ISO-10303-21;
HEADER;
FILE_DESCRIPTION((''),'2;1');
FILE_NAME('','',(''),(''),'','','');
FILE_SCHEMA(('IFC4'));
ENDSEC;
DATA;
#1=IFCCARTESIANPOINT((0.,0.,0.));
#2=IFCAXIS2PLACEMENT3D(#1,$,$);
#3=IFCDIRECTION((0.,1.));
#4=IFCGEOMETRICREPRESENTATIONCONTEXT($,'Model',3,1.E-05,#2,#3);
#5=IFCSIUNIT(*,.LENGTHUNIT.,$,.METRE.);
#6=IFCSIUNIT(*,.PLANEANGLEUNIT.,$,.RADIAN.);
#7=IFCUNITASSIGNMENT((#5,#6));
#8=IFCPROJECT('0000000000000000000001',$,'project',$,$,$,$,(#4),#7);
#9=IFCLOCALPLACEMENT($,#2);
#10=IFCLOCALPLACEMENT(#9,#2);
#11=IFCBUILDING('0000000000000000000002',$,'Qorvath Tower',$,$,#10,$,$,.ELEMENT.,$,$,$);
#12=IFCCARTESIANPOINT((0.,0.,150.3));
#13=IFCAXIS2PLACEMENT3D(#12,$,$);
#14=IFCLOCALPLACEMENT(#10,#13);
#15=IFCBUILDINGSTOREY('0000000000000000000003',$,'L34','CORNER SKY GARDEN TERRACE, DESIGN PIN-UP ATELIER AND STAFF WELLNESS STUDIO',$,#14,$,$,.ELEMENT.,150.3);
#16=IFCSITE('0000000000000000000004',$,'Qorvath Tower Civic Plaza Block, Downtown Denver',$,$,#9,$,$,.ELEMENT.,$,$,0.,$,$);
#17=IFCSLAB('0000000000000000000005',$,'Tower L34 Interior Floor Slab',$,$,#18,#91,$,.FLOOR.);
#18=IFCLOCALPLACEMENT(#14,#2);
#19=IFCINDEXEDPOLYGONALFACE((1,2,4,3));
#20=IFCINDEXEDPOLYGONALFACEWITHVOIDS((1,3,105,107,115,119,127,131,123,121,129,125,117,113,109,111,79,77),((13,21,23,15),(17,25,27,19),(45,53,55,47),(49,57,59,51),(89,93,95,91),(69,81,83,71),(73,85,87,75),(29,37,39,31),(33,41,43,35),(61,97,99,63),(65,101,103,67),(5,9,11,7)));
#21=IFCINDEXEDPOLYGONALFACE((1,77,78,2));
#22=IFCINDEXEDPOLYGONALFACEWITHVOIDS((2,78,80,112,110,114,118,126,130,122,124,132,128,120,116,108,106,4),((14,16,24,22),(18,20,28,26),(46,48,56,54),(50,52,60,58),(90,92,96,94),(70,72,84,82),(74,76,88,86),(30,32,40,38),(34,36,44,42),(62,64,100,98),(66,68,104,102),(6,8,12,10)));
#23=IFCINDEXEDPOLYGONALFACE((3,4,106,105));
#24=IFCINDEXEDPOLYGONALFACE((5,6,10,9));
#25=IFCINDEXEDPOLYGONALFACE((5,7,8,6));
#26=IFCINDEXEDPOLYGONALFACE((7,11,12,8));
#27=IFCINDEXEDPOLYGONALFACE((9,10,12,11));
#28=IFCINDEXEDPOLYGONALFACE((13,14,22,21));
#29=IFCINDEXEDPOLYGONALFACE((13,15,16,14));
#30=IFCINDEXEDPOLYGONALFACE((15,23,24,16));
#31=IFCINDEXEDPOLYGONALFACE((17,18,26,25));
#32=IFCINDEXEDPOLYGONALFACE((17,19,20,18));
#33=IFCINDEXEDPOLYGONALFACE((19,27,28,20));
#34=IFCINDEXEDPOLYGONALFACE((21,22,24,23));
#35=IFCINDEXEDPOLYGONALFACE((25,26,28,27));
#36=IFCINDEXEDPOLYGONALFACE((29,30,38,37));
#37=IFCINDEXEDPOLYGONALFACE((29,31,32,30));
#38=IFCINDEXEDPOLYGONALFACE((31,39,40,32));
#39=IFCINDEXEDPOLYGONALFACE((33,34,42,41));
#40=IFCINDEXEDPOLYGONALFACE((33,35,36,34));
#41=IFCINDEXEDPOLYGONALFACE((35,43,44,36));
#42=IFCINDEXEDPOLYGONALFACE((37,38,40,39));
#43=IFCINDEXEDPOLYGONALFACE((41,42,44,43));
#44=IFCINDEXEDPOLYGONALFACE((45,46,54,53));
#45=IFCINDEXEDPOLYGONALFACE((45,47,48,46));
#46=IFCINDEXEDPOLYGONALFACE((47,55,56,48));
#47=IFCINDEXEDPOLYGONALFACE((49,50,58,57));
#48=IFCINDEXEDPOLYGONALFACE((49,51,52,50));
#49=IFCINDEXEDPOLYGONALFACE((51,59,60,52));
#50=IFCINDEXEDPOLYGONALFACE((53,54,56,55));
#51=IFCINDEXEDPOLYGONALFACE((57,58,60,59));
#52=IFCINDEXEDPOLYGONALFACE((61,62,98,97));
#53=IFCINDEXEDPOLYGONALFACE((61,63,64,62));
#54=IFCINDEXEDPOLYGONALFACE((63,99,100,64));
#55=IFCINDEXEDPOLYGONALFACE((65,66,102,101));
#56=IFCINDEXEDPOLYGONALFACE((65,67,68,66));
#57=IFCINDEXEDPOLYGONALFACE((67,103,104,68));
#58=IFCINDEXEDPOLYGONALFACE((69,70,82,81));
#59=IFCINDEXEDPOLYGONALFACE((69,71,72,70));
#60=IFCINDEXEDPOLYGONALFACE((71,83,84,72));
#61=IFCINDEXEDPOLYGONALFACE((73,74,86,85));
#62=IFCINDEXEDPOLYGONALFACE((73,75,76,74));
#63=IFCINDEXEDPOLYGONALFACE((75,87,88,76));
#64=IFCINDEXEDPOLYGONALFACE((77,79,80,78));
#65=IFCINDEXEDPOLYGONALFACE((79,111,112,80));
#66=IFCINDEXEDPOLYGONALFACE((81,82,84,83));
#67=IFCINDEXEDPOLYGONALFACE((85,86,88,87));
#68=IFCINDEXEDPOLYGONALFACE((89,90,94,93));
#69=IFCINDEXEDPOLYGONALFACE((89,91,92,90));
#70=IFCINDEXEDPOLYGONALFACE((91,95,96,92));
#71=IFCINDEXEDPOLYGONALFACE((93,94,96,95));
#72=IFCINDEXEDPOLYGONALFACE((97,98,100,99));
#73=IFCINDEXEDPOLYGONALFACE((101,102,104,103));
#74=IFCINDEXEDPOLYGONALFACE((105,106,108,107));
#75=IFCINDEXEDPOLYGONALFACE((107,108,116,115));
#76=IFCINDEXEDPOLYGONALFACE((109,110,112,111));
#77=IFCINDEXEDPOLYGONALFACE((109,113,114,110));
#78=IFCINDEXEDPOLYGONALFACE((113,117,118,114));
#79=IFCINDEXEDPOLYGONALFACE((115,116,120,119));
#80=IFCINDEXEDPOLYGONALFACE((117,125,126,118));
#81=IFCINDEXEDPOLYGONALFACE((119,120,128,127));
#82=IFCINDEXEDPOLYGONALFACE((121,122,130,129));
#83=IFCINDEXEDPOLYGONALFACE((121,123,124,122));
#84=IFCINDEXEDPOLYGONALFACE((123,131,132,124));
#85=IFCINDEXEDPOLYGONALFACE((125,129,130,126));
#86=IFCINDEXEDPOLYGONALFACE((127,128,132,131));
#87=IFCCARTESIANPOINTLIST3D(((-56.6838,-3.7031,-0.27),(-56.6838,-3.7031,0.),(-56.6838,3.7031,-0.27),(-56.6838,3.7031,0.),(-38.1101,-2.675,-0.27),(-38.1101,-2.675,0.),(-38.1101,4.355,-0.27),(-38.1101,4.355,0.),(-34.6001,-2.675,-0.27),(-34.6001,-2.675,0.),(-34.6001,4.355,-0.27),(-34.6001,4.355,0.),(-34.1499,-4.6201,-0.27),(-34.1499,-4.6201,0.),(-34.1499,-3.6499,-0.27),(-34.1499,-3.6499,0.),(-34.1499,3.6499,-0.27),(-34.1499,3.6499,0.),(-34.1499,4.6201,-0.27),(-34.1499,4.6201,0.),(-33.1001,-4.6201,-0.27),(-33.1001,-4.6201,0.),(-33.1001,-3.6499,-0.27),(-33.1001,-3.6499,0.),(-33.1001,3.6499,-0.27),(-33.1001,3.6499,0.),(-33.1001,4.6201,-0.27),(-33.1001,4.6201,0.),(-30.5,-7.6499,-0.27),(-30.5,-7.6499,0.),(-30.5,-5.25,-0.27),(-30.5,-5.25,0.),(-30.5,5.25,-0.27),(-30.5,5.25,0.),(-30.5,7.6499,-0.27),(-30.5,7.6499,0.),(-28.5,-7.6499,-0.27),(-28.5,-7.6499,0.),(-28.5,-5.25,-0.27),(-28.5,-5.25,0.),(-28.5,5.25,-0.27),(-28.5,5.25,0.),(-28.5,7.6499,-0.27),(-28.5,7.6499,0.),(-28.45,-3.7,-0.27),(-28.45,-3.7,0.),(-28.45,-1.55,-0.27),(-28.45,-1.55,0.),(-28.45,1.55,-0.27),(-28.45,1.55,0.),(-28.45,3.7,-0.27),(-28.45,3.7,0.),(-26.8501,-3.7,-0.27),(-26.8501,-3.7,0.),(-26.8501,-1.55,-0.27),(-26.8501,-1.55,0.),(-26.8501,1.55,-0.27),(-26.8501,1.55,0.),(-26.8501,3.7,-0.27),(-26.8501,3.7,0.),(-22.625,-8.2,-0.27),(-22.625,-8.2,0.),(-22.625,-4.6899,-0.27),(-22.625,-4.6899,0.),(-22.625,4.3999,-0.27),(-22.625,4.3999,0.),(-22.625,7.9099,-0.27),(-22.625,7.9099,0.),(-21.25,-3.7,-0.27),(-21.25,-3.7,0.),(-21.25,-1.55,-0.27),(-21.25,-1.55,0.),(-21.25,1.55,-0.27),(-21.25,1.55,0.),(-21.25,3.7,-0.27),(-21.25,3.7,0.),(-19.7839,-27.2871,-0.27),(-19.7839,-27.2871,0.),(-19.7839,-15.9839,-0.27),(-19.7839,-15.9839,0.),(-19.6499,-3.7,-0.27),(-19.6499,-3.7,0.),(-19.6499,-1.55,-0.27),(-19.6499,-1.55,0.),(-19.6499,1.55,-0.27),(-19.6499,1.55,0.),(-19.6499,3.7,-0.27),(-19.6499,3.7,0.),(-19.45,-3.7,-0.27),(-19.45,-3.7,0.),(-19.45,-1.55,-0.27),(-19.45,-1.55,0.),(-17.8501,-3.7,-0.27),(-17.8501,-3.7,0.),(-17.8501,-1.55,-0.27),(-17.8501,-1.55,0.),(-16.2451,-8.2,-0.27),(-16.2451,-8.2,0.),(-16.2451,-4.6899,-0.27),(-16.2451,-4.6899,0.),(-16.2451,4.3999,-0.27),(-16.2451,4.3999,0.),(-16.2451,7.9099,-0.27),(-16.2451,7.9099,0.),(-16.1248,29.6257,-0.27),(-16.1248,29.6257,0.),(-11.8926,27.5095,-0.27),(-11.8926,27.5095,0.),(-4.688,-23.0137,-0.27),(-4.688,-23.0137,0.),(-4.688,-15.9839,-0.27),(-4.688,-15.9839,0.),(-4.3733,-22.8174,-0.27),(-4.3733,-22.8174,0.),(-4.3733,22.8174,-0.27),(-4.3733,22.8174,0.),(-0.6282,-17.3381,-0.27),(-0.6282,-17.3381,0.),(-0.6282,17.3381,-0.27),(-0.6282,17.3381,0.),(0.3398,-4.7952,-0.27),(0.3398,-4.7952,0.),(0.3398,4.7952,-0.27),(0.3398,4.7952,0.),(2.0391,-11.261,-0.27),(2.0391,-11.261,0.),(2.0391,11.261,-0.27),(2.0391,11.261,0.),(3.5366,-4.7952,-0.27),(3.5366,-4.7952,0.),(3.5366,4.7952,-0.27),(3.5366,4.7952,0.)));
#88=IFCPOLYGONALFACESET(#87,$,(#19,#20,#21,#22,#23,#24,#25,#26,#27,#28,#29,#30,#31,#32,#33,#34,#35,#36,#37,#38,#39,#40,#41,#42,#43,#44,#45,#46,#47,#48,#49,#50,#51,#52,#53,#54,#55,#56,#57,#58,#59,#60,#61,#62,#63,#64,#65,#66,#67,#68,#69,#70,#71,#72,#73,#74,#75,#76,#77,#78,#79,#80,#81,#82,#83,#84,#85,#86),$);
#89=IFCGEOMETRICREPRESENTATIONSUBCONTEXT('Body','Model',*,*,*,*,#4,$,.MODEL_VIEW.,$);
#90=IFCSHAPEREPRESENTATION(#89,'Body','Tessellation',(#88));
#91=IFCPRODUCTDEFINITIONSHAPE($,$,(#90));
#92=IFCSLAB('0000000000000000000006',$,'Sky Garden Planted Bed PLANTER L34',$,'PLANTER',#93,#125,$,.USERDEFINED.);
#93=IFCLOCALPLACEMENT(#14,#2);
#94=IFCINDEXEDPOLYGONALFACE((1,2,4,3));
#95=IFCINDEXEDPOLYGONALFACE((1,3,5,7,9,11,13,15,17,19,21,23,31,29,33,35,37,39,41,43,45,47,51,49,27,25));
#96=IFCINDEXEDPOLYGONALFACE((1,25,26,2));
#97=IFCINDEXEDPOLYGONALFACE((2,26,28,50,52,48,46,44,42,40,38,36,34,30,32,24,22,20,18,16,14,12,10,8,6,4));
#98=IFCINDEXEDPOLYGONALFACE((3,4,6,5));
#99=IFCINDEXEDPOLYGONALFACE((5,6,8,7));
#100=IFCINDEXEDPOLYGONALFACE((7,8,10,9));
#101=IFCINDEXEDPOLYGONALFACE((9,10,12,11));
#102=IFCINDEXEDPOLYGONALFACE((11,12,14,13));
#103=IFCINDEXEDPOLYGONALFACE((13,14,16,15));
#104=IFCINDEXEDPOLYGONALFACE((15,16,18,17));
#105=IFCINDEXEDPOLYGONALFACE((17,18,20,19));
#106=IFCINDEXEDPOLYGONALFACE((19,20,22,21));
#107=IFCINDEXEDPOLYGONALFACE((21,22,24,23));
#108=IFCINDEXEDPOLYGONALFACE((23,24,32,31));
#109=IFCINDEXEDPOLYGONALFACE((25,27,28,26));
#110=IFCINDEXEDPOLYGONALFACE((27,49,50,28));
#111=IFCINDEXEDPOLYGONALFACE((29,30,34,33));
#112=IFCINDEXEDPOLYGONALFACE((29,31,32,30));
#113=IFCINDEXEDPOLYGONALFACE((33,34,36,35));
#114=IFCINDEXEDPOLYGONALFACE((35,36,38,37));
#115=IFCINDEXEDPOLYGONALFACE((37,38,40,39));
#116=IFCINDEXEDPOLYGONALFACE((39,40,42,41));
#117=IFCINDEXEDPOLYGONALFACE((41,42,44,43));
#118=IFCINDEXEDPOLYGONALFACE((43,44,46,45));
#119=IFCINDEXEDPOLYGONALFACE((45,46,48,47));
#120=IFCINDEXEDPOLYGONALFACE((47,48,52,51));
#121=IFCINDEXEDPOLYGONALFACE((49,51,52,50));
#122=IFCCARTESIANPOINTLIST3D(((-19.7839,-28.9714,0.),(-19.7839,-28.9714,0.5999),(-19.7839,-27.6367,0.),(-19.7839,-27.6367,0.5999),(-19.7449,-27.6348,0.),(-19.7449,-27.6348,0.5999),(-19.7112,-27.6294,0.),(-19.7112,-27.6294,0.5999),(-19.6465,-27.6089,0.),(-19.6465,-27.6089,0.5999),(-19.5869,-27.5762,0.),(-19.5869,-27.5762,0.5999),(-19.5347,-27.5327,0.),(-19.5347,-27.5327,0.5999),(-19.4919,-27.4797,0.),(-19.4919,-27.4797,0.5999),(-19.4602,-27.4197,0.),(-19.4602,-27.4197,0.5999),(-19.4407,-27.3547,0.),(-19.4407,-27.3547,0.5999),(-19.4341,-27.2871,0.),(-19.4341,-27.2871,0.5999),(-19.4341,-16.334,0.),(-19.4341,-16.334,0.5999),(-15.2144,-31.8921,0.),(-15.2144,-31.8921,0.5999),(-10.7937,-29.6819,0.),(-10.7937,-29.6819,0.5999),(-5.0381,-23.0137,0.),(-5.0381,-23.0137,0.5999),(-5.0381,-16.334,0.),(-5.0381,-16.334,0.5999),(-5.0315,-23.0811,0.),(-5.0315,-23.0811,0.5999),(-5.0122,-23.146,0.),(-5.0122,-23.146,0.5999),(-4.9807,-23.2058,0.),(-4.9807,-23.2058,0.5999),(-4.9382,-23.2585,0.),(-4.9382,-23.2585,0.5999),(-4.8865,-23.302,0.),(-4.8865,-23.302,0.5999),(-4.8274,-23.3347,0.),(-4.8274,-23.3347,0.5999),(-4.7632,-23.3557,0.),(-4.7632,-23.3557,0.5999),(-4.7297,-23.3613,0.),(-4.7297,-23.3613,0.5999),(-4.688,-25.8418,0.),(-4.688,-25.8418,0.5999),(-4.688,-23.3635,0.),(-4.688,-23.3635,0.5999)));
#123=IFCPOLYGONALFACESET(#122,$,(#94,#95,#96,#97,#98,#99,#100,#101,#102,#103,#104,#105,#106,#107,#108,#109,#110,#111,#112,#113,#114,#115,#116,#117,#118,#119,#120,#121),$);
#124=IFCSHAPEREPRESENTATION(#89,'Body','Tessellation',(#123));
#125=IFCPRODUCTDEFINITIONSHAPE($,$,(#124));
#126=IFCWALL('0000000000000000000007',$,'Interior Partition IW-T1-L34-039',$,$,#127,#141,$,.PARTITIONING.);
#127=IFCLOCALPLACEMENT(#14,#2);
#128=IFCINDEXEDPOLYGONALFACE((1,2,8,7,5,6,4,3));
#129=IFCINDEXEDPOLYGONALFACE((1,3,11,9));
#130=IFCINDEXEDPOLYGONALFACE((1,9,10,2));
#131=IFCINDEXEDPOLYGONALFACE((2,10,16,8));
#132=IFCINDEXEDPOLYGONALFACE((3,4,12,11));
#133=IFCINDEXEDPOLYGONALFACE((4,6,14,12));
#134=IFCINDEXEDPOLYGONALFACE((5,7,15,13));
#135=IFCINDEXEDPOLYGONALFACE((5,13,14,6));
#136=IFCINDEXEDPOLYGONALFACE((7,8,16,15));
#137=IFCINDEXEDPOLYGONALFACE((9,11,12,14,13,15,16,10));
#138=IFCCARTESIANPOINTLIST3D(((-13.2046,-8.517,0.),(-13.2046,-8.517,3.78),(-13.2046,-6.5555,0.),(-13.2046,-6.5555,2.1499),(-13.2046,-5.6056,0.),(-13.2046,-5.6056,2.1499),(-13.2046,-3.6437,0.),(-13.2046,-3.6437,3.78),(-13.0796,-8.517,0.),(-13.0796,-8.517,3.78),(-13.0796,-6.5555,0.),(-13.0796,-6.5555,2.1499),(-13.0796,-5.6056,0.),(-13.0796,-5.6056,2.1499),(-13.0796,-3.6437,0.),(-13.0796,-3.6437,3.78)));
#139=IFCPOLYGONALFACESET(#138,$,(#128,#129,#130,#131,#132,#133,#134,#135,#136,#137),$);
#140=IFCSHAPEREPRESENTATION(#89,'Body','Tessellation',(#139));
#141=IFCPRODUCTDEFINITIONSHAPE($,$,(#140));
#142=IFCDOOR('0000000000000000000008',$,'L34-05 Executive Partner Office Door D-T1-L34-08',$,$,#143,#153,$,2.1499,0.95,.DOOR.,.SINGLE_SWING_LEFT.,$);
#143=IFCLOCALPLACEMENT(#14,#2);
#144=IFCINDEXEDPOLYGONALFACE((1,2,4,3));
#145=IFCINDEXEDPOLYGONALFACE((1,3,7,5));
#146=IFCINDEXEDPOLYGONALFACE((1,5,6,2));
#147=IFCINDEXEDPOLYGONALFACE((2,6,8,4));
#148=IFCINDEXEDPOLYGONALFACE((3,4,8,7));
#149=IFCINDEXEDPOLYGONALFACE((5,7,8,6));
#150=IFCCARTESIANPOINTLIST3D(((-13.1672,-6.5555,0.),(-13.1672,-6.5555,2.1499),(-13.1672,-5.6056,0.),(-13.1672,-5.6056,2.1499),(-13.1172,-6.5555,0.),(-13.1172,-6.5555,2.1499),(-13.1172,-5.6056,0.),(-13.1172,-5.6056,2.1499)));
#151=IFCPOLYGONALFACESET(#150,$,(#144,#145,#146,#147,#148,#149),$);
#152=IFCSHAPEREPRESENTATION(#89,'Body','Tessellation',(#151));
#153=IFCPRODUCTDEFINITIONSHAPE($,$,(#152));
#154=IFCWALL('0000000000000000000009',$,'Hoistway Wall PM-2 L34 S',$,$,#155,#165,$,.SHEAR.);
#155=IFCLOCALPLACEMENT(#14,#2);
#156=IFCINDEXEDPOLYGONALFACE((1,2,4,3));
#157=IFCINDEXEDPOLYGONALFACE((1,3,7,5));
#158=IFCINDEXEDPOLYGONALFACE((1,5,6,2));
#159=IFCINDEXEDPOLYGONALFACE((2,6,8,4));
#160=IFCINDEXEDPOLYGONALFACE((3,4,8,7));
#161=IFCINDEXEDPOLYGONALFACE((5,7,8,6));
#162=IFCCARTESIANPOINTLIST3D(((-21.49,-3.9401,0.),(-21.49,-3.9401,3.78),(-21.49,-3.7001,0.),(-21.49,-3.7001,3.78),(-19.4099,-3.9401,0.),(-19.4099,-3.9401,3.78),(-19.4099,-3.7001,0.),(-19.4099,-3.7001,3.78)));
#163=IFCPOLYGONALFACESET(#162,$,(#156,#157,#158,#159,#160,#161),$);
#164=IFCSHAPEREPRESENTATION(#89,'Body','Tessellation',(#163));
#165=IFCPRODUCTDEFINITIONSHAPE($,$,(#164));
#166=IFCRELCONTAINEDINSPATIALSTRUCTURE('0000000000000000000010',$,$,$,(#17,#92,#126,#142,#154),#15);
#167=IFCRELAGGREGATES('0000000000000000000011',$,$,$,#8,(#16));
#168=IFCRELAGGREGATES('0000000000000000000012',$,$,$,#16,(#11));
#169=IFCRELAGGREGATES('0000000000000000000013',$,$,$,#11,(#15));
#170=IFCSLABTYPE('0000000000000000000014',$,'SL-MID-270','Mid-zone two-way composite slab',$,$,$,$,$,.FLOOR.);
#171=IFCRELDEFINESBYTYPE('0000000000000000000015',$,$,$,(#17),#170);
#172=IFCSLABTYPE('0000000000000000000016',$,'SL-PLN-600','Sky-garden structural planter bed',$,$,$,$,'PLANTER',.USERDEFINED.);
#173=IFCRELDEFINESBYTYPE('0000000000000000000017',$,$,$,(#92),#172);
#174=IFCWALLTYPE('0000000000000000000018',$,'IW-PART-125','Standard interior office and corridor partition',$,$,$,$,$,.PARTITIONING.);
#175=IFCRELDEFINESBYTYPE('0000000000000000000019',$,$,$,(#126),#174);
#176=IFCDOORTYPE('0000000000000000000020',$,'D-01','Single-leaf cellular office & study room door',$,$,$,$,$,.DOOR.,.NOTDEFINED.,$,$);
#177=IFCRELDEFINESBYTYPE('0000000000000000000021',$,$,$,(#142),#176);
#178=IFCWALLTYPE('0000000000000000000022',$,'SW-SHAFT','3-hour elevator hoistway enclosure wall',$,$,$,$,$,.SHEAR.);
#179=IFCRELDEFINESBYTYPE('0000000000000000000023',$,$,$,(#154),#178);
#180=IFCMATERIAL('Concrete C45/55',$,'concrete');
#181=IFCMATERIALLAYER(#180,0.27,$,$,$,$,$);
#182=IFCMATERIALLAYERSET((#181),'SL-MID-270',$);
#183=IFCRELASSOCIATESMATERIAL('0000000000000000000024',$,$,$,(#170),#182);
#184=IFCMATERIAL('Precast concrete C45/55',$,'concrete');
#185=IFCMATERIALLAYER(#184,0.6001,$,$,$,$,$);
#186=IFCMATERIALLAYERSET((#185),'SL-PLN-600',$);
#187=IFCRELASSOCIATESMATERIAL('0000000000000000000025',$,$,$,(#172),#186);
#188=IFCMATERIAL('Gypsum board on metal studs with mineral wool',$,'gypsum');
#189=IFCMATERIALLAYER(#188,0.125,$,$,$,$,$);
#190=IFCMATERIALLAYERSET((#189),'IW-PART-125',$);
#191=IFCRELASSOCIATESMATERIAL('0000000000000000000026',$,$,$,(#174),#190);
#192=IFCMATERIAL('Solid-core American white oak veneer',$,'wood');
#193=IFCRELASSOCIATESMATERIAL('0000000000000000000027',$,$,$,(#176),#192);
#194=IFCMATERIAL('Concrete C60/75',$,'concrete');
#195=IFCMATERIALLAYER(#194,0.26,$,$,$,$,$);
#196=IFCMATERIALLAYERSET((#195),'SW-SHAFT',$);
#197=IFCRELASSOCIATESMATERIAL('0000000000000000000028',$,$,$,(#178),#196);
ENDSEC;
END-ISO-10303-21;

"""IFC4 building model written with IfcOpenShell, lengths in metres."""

from ifc_helpers import new_model, si_unit, direction, frame, frame_2d, origin, place, context, subcontext, project, spatial, polyline, rectangle, outline, extrude, material, layer, layer_set, type_object, element, fill, save


model = new_model("IFC4")

# Units and contexts
model_context = context("Model", 3, precision=1e-05, world=origin(), true_north=direction((0.0, 1.0)))
body_context = subcontext(model_context, "Body", "Model", "MODEL_VIEW")
ifc_project = project(units=[si_unit("LENGTHUNIT", "METRE"), si_unit("PLANEANGLEUNIT", "RADIAN")], contexts=[model_context])

# Site, building, storey
site_placement = place(None, origin())
site = spatial("IfcSite", under=ifc_project, at=site_placement, Name="Qorvath Tower Civic Plaza Block, Downtown Denver", CompositionType="ELEMENT", RefElevation=0.0)
building_placement = place(site_placement, origin())
building = spatial("IfcBuilding", under=site, at=building_placement, Name="Qorvath Tower", CompositionType="ELEMENT")
storey_placement = place(building_placement, frame((0.0, 0.0, 150.3)))
storey = spatial("IfcBuildingStorey", under=building, at=storey_placement, Name="L34", Description="CORNER SKY GARDEN TERRACE, DESIGN PIN-UP ATELIER AND STAFF WELLNESS STUDIO", CompositionType="ELEMENT", Elevation=150.3)

# Slabs
ifc_material_1 = material(Name="Concrete C45/55", Category="concrete")
ifc_layer_1 = layer(ifc_material_1, 0.27)
ifc_layer_set_1 = layer_set([ifc_layer_1], Name="SL-MID-270")
slab_type_1 = type_object("IfcSlabType", Name="SL-MID-270", Description="Mid-zone two-way composite slab", PredefinedType="FLOOR", material=ifc_layer_set_1)
slab_1_placement = place(storey_placement, frame((0.0, 0.0, -0.27)))
element("IfcSlab", 1, at=slab_1_placement, inside=storey, type_object=slab_type_1, Name="Tower L34 Interior Floor Slab", PredefinedType="FLOOR", context=body_context, shape_type="SweptSolid", body=[
    extrude(outline(polyline([(-56.6838, -3.7031), (-19.7839, -27.2871), (-19.7839, -15.9839), (-4.688, -15.9839), (-4.688, -23.0137), (-4.3733, -22.8174), (-0.6282, -17.3381), (2.0391, -11.261), (3.5366, -4.7952), (0.3398, -4.7952), (0.3398, 4.7952), (3.5366, 4.7952), (2.0391, 11.261), (-0.6282, 17.3381), (-4.3733, 22.8174), (-11.8926, 27.5095), (-16.1248, 29.6257), (-56.6838, 3.7031), (-56.6838, -3.7031)]), holes=[polyline([(-16.2451, -8.2), (-22.625, -8.2), (-22.625, -4.6899), (-16.2451, -4.6899), (-16.2451, -8.2)]), polyline([(-22.625, 4.3999), (-22.625, 7.9099), (-16.2451, 7.9099), (-16.2451, 4.3999), (-22.625, 4.3999)]), polyline([(-17.8501, -3.7), (-19.45, -3.7), (-19.45, -1.55), (-17.8501, -1.55), (-17.8501, -3.7)]), polyline([(-21.25, -3.7), (-21.25, -1.55), (-19.6499, -1.55), (-19.6499, -3.7), (-21.25, -3.7)]), polyline([(-21.25, 1.55), (-21.25, 3.7), (-19.6499, 3.7), (-19.6499, 1.55), (-21.25, 1.55)]), polyline([(-28.45, -3.7), (-28.45, -1.55), (-26.8501, -1.55), (-26.8501, -3.7), (-28.45, -3.7)]), polyline([(-26.8501, 1.55), (-28.45, 1.55), (-28.45, 3.7), (-26.8501, 3.7), (-26.8501, 1.55)]), polyline([(-28.5, -7.6499), (-30.5, -7.6499), (-30.5, -5.25), (-28.5, -5.25), (-28.5, -7.6499)]), polyline([(-30.5, 5.25), (-30.5, 7.6499), (-28.5, 7.6499), (-28.5, 5.25), (-30.5, 5.25)]), polyline([(-34.1499, -4.6201), (-34.1499, -3.6499), (-33.1001, -3.6499), (-33.1001, -4.6201), (-34.1499, -4.6201)]), polyline([(-34.1499, 3.6499), (-34.1499, 4.6201), (-33.1001, 4.6201), (-33.1001, 3.6499), (-34.1499, 3.6499)]), polyline([(-34.6001, -2.675), (-38.1101, -2.675), (-38.1101, 4.355), (-34.6001, 4.355), (-34.6001, -2.675)])]), origin(), (0.0, 0.0, 1.0), 0.27),
])
ifc_material_2 = material(Name="Precast concrete C45/55", Category="concrete")
ifc_layer_2 = layer(ifc_material_2, 0.6001)
ifc_layer_set_2 = layer_set([ifc_layer_2], Name="SL-PLN-600")
slab_type_2 = type_object("IfcSlabType", Name="SL-PLN-600", Description="Sky-garden structural planter bed", ElementType="PLANTER", PredefinedType="USERDEFINED", material=ifc_layer_set_2)
slab_2_placement = place(storey_placement, origin())
element("IfcSlab", 2, at=slab_2_placement, inside=storey, type_object=slab_type_2, Name="Sky Garden Planted Bed PLANTER L34", ObjectType="PLANTER", PredefinedType="USERDEFINED", context=body_context, shape_type="SweptSolid", body=[
    extrude(outline(polyline([(-19.7839, -28.9714), (-15.2144, -31.8921), (-10.7937, -29.6819), (-4.688, -25.8418), (-4.688, -23.3635), (-4.7297, -23.3613), (-4.7632, -23.3557), (-4.8274, -23.3347), (-4.8865, -23.302), (-4.9382, -23.2585), (-4.9807, -23.2058), (-5.0122, -23.146), (-5.0315, -23.0811), (-5.0381, -23.0137), (-5.0381, -16.334), (-19.4341, -16.334), (-19.4341, -27.2871), (-19.4407, -27.3547), (-19.4602, -27.4197), (-19.4919, -27.4797), (-19.5347, -27.5327), (-19.5869, -27.5762), (-19.6465, -27.6089), (-19.7112, -27.6294), (-19.7449, -27.6348), (-19.7839, -27.6367), (-19.7839, -28.9714)])), origin(), (0.0, 0.0, 1.0), 0.5999),
])

# Wall, opening, door
ifc_material_3 = material(Name="Gypsum board on metal studs with mineral wool", Category="gypsum")
ifc_layer_3 = layer(ifc_material_3, 0.125)
ifc_layer_set_3 = layer_set([ifc_layer_3], Name="IW-PART-125")
wall_type_1 = type_object("IfcWallType", Name="IW-PART-125", Description="Standard interior office and corridor partition", PredefinedType="PARTITIONING", material=ifc_layer_set_3)
wall_1_placement = place(storey_placement, frame((-13.1421, -3.6438, 0.0), z_axis=(0.0, 0.0, 1.0), x_axis=(0.0, -1.0, 0.0)))
wall_1 = element("IfcWall", 3, at=wall_1_placement, inside=storey, type_object=wall_type_1, Name="Interior Partition IW-T1-L34-039", PredefinedType="PARTITIONING", context=body_context, shape_type="SweptSolid", body=[
    extrude(rectangle(XDim=4.8733, YDim=0.125, at=frame_2d((2.4365, 0.0))), origin(), (0.0, 0.0, 1.0), 3.78),
])
opening_1_placement = place(wall_1_placement, frame((1.9617, 0.0, 0.0)))
opening_1 = element("IfcOpeningElement", 4, at=opening_1_placement, cuts=wall_1, PredefinedType="OPENING", context=body_context, shape_type="SweptSolid", body=[
    extrude(rectangle(XDim=0.95, YDim=2.1499, at=frame_2d((0.4751, 1.075))), frame((0.0, 0.0725, 0.0), z_axis=(0.0, -1.0, 0.0), x_axis=(1.0, 0.0, 0.0)), (0.0, 0.0, 1.0), 0.145),
])
ifc_material_4 = material(Name="Solid-core American white oak veneer", Category="wood")
door_type_1 = type_object("IfcDoorType", Name="D-01", Description="Single-leaf cellular office & study room door", OperationType="NOTDEFINED", PredefinedType="DOOR", material=ifc_material_4)
door_1_placement = place(opening_1_placement, origin())
door_1 = element("IfcDoor", 5, at=door_1_placement, inside=storey, type_object=door_type_1, Name="L34-05 Executive Partner Office Door D-T1-L34-08", OperationType="SINGLE_SWING_LEFT", OverallHeight=2.1499, OverallWidth=0.95, PredefinedType="DOOR", context=body_context, shape_type="SweptSolid", body=[
    extrude(rectangle(XDim=0.95, YDim=2.1499, at=frame_2d((0.4751, 1.075))), frame((0.0, 0.0249, 0.0), z_axis=(0.0, -1.0, 0.0), x_axis=(1.0, 0.0, 0.0)), (0.0, 0.0, 1.0), 0.05),
])
fill(opening_1, door_1)

# Wall
ifc_material_5 = material(Name="Concrete C60/75", Category="concrete")
ifc_layer_4 = layer(ifc_material_5, 0.26)
ifc_layer_set_4 = layer_set([ifc_layer_4], Name="SW-SHAFT")
wall_type_2 = type_object("IfcWallType", Name="SW-SHAFT", Description="3-hour elevator hoistway enclosure wall", PredefinedType="SHEAR", material=ifc_layer_set_4)
wall_2_placement = place(storey_placement, frame((-19.4099, -3.8201, 0.0), z_axis=(0.0, 0.0, 1.0), x_axis=(-1.0, 0.0, 0.0)))
element("IfcWall", 6, at=wall_2_placement, inside=storey, type_object=wall_type_2, Name="Hoistway Wall PM-2 L34 S", PredefinedType="SHEAR", context=body_context, shape_type="SweptSolid", body=[
    extrude(rectangle(XDim=2.0801, YDim=0.24, at=frame_2d((1.04, 0.0))), origin(), (0.0, 0.0, 1.0), 3.78),
])

save(model, "model.ifc")
